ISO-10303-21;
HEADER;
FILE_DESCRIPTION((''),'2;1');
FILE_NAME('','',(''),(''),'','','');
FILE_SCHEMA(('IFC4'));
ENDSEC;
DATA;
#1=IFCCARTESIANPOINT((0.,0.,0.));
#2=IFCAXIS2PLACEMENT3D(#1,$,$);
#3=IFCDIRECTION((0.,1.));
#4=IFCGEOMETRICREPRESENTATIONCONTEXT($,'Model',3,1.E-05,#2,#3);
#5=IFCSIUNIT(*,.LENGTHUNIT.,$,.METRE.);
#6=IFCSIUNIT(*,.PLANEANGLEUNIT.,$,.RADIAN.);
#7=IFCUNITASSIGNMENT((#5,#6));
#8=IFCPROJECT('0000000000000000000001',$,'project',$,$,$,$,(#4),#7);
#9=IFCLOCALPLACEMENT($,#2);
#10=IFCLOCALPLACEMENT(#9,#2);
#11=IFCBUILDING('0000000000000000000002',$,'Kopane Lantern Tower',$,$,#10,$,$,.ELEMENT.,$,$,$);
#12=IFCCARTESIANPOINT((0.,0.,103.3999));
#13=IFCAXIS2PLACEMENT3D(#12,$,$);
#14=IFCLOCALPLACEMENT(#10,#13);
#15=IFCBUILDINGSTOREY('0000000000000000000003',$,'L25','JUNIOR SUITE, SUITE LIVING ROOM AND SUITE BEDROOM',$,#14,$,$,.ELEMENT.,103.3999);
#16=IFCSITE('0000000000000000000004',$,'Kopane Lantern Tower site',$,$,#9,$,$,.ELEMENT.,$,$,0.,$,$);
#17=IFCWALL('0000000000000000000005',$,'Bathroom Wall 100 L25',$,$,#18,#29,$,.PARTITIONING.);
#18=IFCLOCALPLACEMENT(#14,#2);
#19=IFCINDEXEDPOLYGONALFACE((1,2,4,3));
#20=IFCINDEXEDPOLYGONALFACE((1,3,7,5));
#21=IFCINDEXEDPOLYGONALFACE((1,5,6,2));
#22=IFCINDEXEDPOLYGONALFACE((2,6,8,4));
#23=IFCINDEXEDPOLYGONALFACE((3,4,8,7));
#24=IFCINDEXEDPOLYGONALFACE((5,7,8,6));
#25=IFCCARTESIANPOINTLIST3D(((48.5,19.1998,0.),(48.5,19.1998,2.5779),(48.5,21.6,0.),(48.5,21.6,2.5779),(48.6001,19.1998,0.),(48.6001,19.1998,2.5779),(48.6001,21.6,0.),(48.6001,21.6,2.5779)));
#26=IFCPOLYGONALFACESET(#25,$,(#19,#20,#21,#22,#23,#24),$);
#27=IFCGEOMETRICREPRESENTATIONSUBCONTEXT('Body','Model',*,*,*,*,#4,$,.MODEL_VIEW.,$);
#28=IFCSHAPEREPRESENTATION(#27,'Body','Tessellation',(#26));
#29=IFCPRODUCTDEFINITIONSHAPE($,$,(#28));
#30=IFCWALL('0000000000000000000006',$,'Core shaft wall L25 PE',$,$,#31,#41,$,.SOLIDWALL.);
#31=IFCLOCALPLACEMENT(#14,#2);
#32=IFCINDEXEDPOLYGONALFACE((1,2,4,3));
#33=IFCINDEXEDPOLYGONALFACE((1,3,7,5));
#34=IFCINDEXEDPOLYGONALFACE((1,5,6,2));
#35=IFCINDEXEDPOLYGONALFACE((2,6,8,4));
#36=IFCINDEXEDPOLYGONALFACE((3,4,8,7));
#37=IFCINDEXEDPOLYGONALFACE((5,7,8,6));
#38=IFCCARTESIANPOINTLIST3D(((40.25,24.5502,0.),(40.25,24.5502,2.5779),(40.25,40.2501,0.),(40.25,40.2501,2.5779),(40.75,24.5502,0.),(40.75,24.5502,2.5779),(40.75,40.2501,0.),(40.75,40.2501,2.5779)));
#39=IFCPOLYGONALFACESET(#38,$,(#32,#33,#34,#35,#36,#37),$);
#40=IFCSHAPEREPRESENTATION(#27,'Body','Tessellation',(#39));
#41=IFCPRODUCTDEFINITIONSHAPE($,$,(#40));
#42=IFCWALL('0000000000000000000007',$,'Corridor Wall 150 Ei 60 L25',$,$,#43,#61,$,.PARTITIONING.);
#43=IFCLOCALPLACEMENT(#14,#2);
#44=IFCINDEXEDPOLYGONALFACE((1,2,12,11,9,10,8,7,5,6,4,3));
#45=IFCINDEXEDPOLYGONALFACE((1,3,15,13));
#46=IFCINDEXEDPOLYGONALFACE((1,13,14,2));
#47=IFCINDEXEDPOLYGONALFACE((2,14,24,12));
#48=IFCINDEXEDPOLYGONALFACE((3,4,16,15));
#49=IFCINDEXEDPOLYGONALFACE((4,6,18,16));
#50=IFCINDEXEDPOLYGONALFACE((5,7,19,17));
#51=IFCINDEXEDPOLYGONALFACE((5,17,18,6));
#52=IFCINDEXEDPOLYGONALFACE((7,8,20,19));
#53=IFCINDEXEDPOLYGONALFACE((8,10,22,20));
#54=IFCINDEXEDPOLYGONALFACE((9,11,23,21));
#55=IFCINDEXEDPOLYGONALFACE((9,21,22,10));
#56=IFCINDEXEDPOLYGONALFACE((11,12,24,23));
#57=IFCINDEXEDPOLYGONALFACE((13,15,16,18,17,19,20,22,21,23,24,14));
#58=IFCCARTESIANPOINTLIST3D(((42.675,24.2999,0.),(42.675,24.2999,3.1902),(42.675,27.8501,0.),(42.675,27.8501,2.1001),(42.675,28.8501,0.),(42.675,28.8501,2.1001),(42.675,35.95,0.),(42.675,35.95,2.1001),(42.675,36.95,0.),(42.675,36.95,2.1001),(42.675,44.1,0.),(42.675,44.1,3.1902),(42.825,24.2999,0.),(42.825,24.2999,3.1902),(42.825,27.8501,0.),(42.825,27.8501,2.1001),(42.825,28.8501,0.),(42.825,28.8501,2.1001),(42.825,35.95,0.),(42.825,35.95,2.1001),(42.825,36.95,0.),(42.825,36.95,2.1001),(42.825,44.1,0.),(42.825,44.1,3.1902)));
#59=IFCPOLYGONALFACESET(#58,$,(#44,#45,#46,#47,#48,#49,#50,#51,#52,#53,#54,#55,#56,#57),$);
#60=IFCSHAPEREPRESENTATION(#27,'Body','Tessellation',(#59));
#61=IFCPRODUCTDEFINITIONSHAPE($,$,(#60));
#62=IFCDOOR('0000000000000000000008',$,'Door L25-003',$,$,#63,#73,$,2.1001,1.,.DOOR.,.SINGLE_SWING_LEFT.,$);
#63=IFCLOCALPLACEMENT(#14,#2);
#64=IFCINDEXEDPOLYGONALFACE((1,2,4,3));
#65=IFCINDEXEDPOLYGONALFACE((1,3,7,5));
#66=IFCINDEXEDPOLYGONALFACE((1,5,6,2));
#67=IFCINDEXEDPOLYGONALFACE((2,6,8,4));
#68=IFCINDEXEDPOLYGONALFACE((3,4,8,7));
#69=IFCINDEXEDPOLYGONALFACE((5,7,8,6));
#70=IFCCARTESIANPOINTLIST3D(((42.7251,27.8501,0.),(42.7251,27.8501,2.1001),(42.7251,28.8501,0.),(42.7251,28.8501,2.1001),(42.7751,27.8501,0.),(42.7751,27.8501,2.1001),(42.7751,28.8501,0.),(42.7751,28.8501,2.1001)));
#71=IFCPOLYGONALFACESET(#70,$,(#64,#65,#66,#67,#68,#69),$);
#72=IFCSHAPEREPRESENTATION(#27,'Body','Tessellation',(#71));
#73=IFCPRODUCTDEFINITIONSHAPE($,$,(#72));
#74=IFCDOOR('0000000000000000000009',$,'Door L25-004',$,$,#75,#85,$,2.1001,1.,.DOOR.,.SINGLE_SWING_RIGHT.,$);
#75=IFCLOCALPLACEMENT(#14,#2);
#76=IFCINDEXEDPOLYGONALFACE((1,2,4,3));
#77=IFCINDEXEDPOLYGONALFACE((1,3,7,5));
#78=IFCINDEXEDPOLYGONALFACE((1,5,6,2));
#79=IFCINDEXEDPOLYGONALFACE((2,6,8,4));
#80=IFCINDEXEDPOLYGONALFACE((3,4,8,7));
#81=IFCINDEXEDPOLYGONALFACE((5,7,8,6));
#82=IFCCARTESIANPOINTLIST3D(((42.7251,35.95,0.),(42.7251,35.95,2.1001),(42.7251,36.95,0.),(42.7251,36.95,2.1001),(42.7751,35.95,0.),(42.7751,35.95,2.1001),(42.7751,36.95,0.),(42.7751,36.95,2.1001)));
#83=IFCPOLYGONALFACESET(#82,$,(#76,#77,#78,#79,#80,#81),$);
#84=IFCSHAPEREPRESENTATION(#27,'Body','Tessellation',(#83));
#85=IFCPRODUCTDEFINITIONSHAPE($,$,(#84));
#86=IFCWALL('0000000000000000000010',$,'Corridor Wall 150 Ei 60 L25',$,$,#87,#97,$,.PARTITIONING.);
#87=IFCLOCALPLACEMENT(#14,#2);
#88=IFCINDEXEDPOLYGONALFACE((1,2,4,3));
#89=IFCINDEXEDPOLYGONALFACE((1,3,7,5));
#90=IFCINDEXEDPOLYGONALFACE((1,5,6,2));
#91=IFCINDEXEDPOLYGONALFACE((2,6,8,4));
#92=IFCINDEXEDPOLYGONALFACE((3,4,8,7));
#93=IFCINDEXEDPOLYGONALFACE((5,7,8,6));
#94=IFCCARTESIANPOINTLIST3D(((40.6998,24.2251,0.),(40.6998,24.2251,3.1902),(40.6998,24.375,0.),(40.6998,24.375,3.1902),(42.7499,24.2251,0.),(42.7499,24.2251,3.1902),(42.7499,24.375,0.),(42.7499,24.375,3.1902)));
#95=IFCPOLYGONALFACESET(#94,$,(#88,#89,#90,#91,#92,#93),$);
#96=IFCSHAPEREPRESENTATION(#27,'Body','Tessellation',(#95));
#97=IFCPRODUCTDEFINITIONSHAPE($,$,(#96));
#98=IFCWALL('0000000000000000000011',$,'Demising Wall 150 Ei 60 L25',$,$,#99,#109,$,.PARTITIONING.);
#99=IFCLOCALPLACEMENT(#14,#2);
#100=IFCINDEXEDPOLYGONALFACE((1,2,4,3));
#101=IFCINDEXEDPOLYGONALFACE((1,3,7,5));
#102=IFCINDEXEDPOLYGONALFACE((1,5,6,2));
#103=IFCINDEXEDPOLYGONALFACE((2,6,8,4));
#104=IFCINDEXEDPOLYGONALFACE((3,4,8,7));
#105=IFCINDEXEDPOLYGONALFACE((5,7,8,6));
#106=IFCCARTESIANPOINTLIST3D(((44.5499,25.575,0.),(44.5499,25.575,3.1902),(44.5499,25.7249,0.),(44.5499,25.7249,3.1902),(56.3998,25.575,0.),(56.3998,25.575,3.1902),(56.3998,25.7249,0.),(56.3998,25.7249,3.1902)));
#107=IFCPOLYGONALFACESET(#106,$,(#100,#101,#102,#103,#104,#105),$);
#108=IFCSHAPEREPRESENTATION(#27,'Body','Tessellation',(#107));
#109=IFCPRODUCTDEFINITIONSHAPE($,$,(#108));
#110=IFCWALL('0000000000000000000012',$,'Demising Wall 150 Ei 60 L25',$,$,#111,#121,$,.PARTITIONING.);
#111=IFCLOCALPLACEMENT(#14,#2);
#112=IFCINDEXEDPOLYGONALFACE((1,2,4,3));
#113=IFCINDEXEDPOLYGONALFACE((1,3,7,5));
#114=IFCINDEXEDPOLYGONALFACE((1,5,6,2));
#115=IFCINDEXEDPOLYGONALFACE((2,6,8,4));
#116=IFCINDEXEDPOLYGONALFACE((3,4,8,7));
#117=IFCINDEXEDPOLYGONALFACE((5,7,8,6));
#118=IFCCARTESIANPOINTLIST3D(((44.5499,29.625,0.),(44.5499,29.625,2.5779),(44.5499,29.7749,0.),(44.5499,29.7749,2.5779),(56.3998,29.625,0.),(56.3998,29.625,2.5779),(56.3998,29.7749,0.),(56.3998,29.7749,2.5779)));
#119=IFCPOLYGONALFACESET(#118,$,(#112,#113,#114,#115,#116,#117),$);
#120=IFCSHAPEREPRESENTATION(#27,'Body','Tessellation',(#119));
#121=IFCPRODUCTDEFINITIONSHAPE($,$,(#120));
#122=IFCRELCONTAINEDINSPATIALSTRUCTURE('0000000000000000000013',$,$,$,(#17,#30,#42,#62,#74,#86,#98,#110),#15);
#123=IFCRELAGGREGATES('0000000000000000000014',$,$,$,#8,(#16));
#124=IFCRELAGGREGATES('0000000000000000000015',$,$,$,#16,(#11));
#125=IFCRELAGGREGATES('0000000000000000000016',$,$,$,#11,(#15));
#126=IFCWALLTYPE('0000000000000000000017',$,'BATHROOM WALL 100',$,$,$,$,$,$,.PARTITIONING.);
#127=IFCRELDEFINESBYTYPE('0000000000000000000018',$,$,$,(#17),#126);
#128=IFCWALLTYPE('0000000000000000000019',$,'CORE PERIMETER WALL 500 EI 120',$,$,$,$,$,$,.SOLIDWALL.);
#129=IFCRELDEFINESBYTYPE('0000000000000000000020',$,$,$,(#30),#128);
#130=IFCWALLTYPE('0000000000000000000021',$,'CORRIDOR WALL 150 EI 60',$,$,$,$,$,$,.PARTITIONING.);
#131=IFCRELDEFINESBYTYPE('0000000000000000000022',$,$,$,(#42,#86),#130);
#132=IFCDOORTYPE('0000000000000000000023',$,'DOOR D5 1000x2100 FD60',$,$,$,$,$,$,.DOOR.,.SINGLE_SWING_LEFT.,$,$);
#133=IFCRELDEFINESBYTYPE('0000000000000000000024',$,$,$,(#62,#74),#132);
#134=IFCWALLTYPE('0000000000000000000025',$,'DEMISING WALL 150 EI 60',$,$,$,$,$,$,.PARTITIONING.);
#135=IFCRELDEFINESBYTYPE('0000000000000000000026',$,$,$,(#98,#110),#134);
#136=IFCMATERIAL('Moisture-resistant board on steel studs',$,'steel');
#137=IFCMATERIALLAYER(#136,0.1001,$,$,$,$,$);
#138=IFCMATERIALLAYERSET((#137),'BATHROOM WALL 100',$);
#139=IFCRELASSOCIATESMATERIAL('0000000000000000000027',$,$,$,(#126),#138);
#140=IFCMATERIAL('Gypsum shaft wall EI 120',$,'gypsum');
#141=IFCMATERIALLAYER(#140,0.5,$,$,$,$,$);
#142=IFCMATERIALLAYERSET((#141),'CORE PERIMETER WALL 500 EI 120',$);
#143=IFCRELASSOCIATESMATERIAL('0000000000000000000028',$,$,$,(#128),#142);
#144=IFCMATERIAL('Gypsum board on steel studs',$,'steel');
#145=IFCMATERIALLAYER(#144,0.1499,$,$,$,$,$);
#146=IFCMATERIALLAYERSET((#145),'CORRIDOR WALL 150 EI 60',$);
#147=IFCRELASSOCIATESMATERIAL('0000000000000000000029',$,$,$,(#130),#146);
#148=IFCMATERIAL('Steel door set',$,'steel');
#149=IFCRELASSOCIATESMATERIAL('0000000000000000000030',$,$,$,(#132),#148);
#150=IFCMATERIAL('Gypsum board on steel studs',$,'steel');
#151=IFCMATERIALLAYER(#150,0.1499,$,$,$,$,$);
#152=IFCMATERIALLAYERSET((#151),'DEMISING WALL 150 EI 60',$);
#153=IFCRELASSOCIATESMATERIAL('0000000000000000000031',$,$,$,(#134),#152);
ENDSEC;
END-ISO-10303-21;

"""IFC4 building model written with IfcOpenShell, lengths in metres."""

from ifc_helpers import new_model, si_unit, direction, frame, frame_2d, origin, place, context, subcontext, project, spatial, rectangle, extrude, material, layer, layer_set, type_object, element, fill, save


model = new_model("IFC4")

# Units and contexts
model_context = context("Model", 3, precision=1e-05, world=origin(), true_north=direction((0.0, 1.0)))
body_context = subcontext(model_context, "Body", "Model", "MODEL_VIEW")
ifc_project = project(units=[si_unit("LENGTHUNIT", "METRE"), si_unit("PLANEANGLEUNIT", "RADIAN")], contexts=[model_context])

# Site, building, storey
site_placement = place(None, origin())
site = spatial("IfcSite", under=ifc_project, at=site_placement, Name="Kopane Lantern Tower site", CompositionType="ELEMENT", RefElevation=0.0)
building_placement = place(site_placement, origin())
building = spatial("IfcBuilding", under=site, at=building_placement, Name="Kopane Lantern Tower", CompositionType="ELEMENT")
storey_placement = place(building_placement, frame((0.0, 0.0, 103.3999)))
storey = spatial("IfcBuildingStorey", under=building, at=storey_placement, Name="L25", Description="JUNIOR SUITE, SUITE LIVING ROOM AND SUITE BEDROOM", CompositionType="ELEMENT", Elevation=103.3999)

# Shared definitions
ifc_material_1 = material(Name="Moisture-resistant board on steel studs", Category="steel")
ifc_layer_1 = layer(ifc_material_1, 0.1001)
ifc_layer_set_1 = layer_set([ifc_layer_1], Name="BATHROOM WALL 100")
wall_type_1 = type_object("IfcWallType", Name="BATHROOM WALL 100", PredefinedType="PARTITIONING", material=ifc_layer_set_1)

# Walls
wall_1_placement = place(storey_placement, frame((48.55, 21.6001, 0.0), z_axis=(0.0, 0.0, 1.0), x_axis=(0.0, -1.0, 0.0)))
element("IfcWall", 1, at=wall_1_placement, inside=storey, type_object=wall_type_1, Name="Bathroom Wall 100 L25", PredefinedType="PARTITIONING", context=body_context, shape_type="SweptSolid", body=[
    extrude(rectangle(XDim=2.4001, YDim=0.1001, at=frame_2d((1.2002, 0.0))), origin(), (0.0, 0.0, 1.0), 2.5779),
])
ifc_material_2 = material(Name="Gypsum shaft wall EI 120", Category="gypsum")
ifc_layer_2 = layer(ifc_material_2, 0.5)
ifc_layer_set_2 = layer_set([ifc_layer_2], Name="CORE PERIMETER WALL 500 EI 120")
wall_type_2 = type_object("IfcWallType", Name="CORE PERIMETER WALL 500 EI 120", PredefinedType="SOLIDWALL", material=ifc_layer_set_2)
wall_2_placement = place(storey_placement, frame((40.5, 24.55, 0.0), z_axis=(0.0, 0.0, 1.0), x_axis=(0.0, 1.0, 0.0)))
element("IfcWall", 2, at=wall_2_placement, inside=storey, type_object=wall_type_2, Name="Core shaft wall L25 PE", PredefinedType="SOLIDWALL", context=body_context, shape_type="SweptSolid", body=[
    extrude(rectangle(XDim=15.7, YDim=0.5, at=frame_2d((7.8501, 0.0))), origin(), (0.0, 0.0, 1.0), 2.5779),
])

# Wall, openings, doors
ifc_material_3 = material(Name="Gypsum board on steel studs", Category="steel")
ifc_layer_3 = layer(ifc_material_3, 0.1499)
ifc_layer_set_3 = layer_set([ifc_layer_3], Name="CORRIDOR WALL 150 EI 60")
wall_type_3 = type_object("IfcWallType", Name="CORRIDOR WALL 150 EI 60", PredefinedType="PARTITIONING", material=ifc_layer_set_3)
wall_3_placement = place(storey_placement, frame((42.75, 24.3, 0.0), z_axis=(0.0, 0.0, 1.0), x_axis=(0.0, 1.0, 0.0)))
wall_3 = element("IfcWall", 3, at=wall_3_placement, inside=storey, type_object=wall_type_3, Name="Corridor Wall 150 Ei 60 L25", PredefinedType="PARTITIONING", context=body_context, shape_type="SweptSolid", body=[
    extrude(rectangle(XDim=19.8, YDim=0.1499, at=frame_2d((9.8999, 0.0))), origin(), (0.0, 0.0, 1.0), 3.1902),
])
opening_1_placement = place(wall_3_placement, frame((3.55, 0.0, 0.0)))
opening_1 = element("IfcOpeningElement", 4, at=opening_1_placement, cuts=wall_3, PredefinedType="OPENING", context=body_context, shape_type="SweptSolid", body=[
    extrude(rectangle(XDim=1.0, YDim=2.1001, at=frame_2d((0.5, 1.05))), frame((0.0, 0.085, 0.0), z_axis=(0.0, -1.0, 0.0), x_axis=(1.0, 0.0, 0.0)), (0.0, 0.0, 1.0), 0.1699),
])
opening_2_placement = place(wall_3_placement, frame((11.6499, 0.0, 0.0)))
opening_2 = element("IfcOpeningElement", 5, at=opening_2_placement, cuts=wall_3, PredefinedType="OPENING", context=body_context, shape_type="SweptSolid", body=[
    extrude(rectangle(XDim=1.0, YDim=2.1001, at=frame_2d((0.5, 1.05))), frame((0.0, 0.085, 0.0), z_axis=(0.0, -1.0, 0.0), x_axis=(1.0, 0.0, 0.0)), (0.0, 0.0, 1.0), 0.1699),
])
ifc_material_4 = material(Name="Steel door set", Category="steel")
door_type_1 = type_object("IfcDoorType", Name="DOOR D5 1000x2100 FD60", OperationType="SINGLE_SWING_LEFT", PredefinedType="DOOR", material=ifc_material_4)
door_1_placement = place(opening_1_placement, origin())
door_1 = element("IfcDoor", 6, at=door_1_placement, inside=storey, type_object=door_type_1, Name="Door L25-003", OperationType="SINGLE_SWING_LEFT", OverallHeight=2.1001, OverallWidth=1.0, PredefinedType="DOOR", context=body_context, shape_type="SweptSolid", body=[
    extrude(rectangle(XDim=1.0, YDim=2.1001, at=frame_2d((0.5, 1.05))), frame((0.0, 0.0249, 0.0), z_axis=(0.0, -1.0, 0.0), x_axis=(1.0, 0.0, 0.0)), (0.0, 0.0, 1.0), 0.05),
])
fill(opening_1, door_1)
door_2_placement = place(opening_2_placement, origin())
door_2 = element("IfcDoor", 7, at=door_2_placement, inside=storey, type_object=door_type_1, Name="Door L25-004", OperationType="SINGLE_SWING_RIGHT", OverallHeight=2.1001, OverallWidth=1.0, PredefinedType="DOOR", context=body_context, shape_type="SweptSolid", body=[
    extrude(rectangle(XDim=1.0, YDim=2.1001, at=frame_2d((0.5, 1.05))), frame((0.0, 0.0249, 0.0), z_axis=(0.0, -1.0, 0.0), x_axis=(1.0, 0.0, 0.0)), (0.0, 0.0, 1.0), 0.05),
])
fill(opening_2, door_2)

# Walls
wall_4_placement = place(storey_placement, frame((40.7, 24.3, 0.0), z_axis=(0.0, 0.0, 1.0), x_axis=(1.0, 0.0, 0.0)))
element("IfcWall", 8, at=wall_4_placement, inside=storey, type_object=wall_type_3, Name="Corridor Wall 150 Ei 60 L25", PredefinedType="PARTITIONING", context=body_context, shape_type="SweptSolid", body=[
    extrude(rectangle(XDim=2.05, YDim=0.1499, at=frame_2d((1.0249, 0.0))), origin(), (0.0, 0.0, 1.0), 3.1902),
])
ifc_material_5 = material(Name="Gypsum board on steel studs", Category="steel")
ifc_layer_4 = layer(ifc_material_5, 0.1499)
ifc_layer_set_4 = layer_set([ifc_layer_4], Name="DEMISING WALL 150 EI 60")
wall_type_4 = type_object("IfcWallType", Name="DEMISING WALL 150 EI 60", PredefinedType="PARTITIONING", material=ifc_layer_set_4)
wall_5_placement = place(storey_placement, frame((44.55, 25.6499, 0.0), z_axis=(0.0, 0.0, 1.0), x_axis=(1.0, 0.0, 0.0)))
element("IfcWall", 9, at=wall_5_placement, inside=storey, type_object=wall_type_4, Name="Demising Wall 150 Ei 60 L25", PredefinedType="PARTITIONING", context=body_context, shape_type="SweptSolid", body=[
    extrude(rectangle(XDim=11.8499, YDim=0.1499, at=frame_2d((5.9248, 0.0))), origin(), (0.0, 0.0, 1.0), 3.1902),
])
wall_6_placement = place(storey_placement, frame((44.55, 29.7, 0.0), z_axis=(0.0, 0.0, 1.0), x_axis=(1.0, 0.0, 0.0)))
element("IfcWall", 10, at=wall_6_placement, inside=storey, type_object=wall_type_4, Name="Demising Wall 150 Ei 60 L25", PredefinedType="PARTITIONING", context=body_context, shape_type="SweptSolid", body=[
    extrude(rectangle(XDim=11.8499, YDim=0.1499, at=frame_2d((5.9248, 0.0))), origin(), (0.0, 0.0, 1.0), 2.5779),
])

save(model, "model.ifc")
